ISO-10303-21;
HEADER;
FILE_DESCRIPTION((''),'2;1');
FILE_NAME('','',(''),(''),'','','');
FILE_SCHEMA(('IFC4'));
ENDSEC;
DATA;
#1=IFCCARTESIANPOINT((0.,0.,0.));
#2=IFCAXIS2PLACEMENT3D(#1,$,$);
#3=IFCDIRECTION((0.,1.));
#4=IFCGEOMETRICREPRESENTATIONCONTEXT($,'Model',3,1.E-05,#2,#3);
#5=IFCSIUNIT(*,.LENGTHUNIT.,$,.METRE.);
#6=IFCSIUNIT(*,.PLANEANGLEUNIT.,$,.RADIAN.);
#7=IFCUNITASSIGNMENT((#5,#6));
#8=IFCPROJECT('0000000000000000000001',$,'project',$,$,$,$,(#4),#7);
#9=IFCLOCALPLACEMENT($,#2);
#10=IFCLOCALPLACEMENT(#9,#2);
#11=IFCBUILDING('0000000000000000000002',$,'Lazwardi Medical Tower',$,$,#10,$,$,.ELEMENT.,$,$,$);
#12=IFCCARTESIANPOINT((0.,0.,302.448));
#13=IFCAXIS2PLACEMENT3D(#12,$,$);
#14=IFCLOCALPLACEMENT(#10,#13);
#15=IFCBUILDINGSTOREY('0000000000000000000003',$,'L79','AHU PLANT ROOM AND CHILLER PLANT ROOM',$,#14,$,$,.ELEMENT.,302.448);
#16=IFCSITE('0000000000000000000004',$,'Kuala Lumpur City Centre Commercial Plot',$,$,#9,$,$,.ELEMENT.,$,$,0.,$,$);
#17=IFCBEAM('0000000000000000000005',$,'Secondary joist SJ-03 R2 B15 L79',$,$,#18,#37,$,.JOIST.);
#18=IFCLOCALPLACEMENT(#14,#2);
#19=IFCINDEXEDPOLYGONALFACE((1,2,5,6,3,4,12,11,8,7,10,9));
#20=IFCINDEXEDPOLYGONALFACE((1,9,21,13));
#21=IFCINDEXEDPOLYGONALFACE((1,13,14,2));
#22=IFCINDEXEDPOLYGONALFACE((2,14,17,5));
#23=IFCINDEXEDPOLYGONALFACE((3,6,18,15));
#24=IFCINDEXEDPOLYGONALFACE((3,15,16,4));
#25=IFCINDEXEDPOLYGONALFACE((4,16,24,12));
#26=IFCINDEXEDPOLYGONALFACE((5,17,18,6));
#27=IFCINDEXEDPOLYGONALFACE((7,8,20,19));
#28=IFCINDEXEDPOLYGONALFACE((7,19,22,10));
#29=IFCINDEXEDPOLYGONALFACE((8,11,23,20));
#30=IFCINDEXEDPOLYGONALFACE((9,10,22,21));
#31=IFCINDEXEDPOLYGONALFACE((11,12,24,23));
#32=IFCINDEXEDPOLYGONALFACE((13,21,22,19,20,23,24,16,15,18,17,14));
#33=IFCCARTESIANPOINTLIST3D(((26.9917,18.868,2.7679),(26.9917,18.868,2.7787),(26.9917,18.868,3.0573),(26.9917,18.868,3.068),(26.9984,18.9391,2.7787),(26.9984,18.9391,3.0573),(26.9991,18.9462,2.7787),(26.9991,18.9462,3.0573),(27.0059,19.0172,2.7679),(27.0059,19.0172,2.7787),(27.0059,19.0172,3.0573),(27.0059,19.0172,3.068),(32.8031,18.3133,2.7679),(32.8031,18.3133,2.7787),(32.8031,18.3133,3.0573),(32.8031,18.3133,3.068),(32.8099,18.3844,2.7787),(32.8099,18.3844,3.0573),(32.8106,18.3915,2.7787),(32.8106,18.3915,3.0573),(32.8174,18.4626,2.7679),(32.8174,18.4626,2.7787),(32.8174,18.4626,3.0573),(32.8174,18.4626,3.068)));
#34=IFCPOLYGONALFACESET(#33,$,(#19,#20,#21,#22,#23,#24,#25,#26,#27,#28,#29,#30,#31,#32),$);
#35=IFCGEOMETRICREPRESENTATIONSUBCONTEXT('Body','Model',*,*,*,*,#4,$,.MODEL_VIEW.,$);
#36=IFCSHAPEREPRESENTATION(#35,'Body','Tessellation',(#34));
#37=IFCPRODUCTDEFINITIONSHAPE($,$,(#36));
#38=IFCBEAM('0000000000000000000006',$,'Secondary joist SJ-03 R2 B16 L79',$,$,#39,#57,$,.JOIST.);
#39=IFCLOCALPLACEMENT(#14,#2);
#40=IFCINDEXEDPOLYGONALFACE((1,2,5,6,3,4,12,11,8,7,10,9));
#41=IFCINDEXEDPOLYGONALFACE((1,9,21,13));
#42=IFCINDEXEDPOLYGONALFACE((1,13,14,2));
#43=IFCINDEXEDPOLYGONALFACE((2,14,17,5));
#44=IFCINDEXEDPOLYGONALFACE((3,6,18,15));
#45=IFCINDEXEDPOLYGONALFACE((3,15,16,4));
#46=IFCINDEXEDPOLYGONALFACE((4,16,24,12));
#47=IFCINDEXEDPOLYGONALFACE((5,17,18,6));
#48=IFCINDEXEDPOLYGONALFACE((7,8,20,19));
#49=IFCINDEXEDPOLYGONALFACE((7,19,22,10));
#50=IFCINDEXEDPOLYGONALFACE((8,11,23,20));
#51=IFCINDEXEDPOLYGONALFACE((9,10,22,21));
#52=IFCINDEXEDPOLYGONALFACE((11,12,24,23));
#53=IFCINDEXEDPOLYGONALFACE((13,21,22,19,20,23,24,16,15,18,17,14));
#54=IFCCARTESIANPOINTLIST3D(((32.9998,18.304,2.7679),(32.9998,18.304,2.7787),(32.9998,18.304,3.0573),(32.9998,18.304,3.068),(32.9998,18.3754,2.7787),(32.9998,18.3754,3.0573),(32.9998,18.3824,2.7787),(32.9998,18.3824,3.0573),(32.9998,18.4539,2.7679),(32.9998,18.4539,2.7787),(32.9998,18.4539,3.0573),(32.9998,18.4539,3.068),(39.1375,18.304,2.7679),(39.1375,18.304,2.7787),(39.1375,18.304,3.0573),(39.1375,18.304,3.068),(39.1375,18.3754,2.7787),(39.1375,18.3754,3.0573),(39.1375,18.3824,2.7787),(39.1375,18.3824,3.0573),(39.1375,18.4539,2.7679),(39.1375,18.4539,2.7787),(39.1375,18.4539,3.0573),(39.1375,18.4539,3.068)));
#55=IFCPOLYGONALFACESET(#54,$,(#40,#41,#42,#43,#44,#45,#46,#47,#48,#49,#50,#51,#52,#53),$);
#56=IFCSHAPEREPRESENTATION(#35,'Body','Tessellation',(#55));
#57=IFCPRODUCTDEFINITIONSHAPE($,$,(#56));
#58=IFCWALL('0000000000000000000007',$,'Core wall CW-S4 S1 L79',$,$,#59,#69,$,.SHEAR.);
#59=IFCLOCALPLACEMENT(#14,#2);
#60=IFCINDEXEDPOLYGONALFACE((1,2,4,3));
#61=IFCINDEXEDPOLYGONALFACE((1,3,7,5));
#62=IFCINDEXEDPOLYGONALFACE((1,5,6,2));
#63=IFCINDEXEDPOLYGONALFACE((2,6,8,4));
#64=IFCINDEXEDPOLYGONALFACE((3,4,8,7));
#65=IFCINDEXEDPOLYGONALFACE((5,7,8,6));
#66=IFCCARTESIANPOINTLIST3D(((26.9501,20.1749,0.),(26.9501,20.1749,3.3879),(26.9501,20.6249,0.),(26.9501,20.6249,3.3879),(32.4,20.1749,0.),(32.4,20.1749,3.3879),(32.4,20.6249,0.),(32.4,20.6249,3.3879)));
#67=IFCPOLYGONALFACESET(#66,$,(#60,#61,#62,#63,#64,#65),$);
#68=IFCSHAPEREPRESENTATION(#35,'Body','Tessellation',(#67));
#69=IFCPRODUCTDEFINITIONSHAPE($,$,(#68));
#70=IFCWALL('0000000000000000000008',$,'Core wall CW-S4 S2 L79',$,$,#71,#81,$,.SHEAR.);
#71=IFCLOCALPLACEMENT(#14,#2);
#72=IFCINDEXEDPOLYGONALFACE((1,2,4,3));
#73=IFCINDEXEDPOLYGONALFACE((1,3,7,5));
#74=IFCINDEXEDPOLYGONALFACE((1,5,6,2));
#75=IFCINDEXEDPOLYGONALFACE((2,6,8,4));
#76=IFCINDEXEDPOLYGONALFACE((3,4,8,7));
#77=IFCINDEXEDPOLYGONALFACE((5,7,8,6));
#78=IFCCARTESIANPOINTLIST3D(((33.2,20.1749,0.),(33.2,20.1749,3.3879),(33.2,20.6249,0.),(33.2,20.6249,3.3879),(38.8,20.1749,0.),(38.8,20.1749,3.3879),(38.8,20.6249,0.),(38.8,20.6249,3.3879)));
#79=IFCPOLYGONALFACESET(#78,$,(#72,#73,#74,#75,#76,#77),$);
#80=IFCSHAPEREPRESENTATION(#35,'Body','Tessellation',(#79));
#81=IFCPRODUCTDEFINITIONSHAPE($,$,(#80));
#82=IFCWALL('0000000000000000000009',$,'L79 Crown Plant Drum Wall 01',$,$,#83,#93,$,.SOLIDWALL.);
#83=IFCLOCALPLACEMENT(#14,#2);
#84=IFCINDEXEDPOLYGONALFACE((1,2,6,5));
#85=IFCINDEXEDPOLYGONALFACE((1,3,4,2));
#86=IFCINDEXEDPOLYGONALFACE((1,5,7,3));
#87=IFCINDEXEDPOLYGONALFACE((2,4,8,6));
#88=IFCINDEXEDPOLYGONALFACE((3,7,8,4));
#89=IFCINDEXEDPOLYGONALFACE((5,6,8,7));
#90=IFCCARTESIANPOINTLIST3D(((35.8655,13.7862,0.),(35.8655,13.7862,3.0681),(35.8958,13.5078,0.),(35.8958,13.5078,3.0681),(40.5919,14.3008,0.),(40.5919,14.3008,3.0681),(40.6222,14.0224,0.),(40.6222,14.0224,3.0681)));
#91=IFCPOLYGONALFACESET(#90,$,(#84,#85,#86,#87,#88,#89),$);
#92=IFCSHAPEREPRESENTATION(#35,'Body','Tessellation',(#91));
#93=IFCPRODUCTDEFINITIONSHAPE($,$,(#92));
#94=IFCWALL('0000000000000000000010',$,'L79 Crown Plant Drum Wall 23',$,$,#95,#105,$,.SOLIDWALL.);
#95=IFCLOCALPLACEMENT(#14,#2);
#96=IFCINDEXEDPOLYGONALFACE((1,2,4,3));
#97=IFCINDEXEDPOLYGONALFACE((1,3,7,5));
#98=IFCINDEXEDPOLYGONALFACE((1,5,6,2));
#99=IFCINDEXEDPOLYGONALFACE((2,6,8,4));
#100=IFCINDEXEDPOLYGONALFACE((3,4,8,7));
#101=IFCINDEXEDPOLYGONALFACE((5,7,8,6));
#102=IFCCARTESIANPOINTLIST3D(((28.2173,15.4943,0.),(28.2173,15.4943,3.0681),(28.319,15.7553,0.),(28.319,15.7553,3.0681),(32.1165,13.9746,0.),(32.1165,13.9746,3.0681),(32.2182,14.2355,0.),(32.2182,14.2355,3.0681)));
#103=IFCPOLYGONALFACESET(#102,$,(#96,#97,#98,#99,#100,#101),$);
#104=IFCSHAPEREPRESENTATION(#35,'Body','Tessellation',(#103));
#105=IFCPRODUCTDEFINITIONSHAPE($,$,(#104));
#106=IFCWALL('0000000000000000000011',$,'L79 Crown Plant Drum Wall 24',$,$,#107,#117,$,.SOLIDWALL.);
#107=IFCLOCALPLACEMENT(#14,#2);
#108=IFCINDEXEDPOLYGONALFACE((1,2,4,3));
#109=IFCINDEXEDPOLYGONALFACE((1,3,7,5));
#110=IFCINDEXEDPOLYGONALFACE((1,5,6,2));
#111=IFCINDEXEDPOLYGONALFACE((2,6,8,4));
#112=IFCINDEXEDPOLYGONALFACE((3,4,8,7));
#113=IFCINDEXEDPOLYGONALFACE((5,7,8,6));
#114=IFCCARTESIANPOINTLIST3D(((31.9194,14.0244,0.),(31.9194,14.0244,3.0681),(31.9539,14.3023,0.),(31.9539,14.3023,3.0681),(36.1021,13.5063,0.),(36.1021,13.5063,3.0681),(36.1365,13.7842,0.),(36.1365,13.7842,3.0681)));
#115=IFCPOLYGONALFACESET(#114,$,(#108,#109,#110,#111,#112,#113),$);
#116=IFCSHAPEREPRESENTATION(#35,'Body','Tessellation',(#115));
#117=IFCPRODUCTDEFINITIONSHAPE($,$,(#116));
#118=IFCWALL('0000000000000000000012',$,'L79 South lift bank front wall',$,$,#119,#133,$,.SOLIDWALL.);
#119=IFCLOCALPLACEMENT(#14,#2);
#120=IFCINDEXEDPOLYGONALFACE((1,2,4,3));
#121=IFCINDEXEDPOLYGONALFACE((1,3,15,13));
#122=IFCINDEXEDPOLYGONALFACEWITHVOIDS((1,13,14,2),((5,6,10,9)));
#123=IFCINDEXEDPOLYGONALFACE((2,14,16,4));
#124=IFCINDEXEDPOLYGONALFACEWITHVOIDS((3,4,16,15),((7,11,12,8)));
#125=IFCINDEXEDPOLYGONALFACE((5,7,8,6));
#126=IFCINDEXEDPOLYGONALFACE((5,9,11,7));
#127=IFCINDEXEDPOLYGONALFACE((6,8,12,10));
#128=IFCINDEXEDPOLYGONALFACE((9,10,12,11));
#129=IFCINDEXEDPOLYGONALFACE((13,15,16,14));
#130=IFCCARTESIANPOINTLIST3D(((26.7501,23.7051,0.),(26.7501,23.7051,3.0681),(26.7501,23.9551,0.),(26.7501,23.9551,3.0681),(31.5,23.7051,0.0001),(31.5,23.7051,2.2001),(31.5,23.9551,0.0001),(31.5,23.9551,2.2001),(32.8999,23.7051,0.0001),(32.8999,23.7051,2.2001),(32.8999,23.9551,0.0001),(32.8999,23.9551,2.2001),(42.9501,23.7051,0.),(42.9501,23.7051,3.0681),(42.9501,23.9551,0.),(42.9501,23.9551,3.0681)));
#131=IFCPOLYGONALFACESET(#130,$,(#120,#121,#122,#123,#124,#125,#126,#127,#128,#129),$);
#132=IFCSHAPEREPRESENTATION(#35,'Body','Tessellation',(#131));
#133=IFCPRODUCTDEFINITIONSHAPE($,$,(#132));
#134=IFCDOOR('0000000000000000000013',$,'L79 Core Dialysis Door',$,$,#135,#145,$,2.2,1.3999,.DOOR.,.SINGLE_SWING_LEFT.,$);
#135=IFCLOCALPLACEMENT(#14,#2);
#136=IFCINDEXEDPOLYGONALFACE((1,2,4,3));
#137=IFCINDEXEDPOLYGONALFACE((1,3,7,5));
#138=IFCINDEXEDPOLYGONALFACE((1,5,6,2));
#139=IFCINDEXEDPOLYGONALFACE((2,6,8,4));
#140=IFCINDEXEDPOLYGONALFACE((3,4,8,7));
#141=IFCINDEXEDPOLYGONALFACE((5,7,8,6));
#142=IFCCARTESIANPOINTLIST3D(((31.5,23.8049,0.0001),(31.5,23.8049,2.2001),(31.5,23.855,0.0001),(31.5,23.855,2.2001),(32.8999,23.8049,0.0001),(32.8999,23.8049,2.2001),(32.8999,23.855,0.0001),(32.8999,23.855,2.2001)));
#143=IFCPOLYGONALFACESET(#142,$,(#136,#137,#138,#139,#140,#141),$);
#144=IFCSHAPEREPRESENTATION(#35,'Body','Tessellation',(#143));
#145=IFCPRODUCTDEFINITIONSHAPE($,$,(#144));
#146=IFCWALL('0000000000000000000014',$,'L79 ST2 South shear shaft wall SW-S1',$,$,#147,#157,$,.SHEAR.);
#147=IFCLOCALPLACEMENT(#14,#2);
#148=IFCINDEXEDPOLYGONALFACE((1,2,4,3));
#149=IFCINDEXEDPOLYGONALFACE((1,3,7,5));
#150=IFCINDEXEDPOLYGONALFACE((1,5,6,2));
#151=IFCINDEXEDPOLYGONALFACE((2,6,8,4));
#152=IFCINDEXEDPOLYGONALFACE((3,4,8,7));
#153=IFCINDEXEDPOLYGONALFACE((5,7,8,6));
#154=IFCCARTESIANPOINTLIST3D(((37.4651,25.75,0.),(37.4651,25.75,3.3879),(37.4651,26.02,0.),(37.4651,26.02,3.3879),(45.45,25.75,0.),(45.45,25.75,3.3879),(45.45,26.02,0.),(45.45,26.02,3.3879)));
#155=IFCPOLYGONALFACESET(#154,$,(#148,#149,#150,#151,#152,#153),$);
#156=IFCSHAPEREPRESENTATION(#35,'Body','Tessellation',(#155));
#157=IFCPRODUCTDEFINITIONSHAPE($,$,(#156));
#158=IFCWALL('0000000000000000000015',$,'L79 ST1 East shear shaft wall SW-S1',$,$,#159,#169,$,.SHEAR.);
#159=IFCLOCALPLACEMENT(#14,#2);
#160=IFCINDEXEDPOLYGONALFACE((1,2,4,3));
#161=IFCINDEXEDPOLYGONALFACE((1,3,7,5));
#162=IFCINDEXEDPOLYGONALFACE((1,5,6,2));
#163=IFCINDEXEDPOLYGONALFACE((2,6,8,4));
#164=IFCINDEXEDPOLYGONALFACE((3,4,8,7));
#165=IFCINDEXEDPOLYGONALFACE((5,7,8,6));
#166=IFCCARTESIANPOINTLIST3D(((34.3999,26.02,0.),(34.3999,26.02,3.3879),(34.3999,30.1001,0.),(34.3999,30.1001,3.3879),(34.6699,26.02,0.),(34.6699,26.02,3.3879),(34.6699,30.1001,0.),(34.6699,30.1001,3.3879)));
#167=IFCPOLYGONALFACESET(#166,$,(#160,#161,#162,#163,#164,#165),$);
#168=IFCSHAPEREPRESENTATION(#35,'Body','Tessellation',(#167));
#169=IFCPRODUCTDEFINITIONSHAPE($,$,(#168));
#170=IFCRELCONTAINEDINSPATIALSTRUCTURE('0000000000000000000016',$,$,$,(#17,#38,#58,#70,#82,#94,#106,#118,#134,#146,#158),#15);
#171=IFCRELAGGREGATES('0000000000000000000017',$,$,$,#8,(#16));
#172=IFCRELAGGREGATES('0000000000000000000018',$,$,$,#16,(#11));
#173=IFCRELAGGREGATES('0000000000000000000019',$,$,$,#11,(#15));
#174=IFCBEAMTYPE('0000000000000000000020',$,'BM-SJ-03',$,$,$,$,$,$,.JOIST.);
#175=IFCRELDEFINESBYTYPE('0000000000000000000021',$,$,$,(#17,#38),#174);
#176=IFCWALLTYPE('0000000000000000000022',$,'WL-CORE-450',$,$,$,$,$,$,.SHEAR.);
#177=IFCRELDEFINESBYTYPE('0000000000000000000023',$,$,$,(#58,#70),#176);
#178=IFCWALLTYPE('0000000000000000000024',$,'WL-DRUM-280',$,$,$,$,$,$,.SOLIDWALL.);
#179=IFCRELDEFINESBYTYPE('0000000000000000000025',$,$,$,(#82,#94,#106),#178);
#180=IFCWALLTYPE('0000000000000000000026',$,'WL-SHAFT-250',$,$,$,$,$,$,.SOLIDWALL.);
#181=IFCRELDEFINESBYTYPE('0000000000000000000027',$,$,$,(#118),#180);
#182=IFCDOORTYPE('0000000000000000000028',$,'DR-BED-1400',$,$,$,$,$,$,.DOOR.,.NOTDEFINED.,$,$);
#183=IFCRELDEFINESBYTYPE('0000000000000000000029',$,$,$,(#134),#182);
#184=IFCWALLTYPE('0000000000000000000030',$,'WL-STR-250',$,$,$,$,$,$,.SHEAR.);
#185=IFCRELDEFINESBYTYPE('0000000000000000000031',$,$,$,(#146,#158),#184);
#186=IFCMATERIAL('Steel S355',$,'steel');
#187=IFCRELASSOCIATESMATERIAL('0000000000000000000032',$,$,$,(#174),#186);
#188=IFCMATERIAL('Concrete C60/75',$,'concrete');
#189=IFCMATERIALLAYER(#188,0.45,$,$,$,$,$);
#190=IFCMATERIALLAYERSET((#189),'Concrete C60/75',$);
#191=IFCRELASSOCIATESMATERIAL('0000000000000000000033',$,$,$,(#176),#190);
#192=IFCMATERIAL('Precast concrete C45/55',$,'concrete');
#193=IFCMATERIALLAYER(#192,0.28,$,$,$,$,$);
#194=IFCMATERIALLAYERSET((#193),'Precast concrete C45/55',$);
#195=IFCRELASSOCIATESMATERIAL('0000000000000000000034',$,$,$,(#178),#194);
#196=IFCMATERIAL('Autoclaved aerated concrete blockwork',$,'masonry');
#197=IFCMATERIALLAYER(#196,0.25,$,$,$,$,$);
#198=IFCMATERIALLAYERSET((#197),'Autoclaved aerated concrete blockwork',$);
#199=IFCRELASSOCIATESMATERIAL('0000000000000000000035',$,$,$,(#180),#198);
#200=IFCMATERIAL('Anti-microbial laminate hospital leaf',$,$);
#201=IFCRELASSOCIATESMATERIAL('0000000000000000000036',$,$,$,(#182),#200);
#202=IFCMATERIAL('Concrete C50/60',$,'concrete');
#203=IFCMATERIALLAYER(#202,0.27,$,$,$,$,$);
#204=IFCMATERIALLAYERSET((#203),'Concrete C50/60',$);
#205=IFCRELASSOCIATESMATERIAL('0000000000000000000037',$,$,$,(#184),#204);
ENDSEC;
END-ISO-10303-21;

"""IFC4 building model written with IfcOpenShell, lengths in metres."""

from ifc_helpers import new_model, si_unit, direction, frame, frame_2d, origin, origin_2d, place, context, subcontext, project, spatial, rectangle, i_section, extrude, material, layer, layer_set, material_profile, profile_set, type_object, element, fill, save


model = new_model("IFC4")

# Units and contexts
model_context = context("Model", 3, precision=1e-05, world=origin(), true_north=direction((0.0, 1.0)))
body_context = subcontext(model_context, "Body", "Model", "MODEL_VIEW")
ifc_project = project(units=[si_unit("LENGTHUNIT", "METRE"), si_unit("PLANEANGLEUNIT", "RADIAN")], contexts=[model_context])

# Site, building, storey
site_placement = place(None, origin())
site = spatial("IfcSite", under=ifc_project, at=site_placement, Name="Kuala Lumpur City Centre Commercial Plot", CompositionType="ELEMENT", RefElevation=0.0)
building_placement = place(site_placement, origin())
building = spatial("IfcBuilding", under=site, at=building_placement, Name="Lazwardi Medical Tower", CompositionType="ELEMENT")
storey_placement = place(building_placement, frame((0.0, 0.0, 302.448)))
storey = spatial("IfcBuildingStorey", under=building, at=storey_placement, Name="L79", Description="AHU PLANT ROOM AND CHILLER PLANT ROOM", CompositionType="ELEMENT", Elevation=302.448)

# Shared definitions
ifc_material_1 = material(Name="Concrete C60/75", Category="concrete")

# Beams
ifc_material_2 = material(Name="Steel S355", Category="steel")
ifc_material_profile_1 = material_profile(ifc_material_2, i_section(OverallWidth=0.1499, OverallDepth=0.3, WebThickness=0.0071, FlangeThickness=0.0107, at=origin_2d()), Name="IPE 300")
ifc_profile_set_1 = profile_set([ifc_material_profile_1], Name="Steel S355")
beam_type_1 = type_object("IfcBeamType", Name="BM-SJ-03", PredefinedType="JOIST", material=ifc_profile_set_1)
beam_1_placement = place(storey_placement, frame((26.9988, 18.9426, 2.918), z_axis=(0.995476, -0.095014, 0.0), x_axis=(0.095014, 0.995476, 0.0)))
element("IfcBeam", 1, at=beam_1_placement, inside=storey, type_object=beam_type_1, Name="Secondary joist SJ-03 R2 B15 L79", PredefinedType="JOIST", context=body_context, shape_type="SweptSolid", body=[
    extrude(i_section(OverallWidth=0.1499, OverallDepth=0.3, WebThickness=0.0071, FlangeThickness=0.0107, at=origin_2d()), origin(), (0.0, 0.0, 1.0), 5.8379),
])
beam_2_placement = place(storey_placement, frame((32.9998, 18.3789, 2.918), z_axis=(1.0, 0.0, 0.0), x_axis=(0.0, 1.0, 0.0)))
element("IfcBeam", 2, at=beam_2_placement, inside=storey, type_object=beam_type_1, Name="Secondary joist SJ-03 R2 B16 L79", PredefinedType="JOIST", context=body_context, shape_type="SweptSolid", body=[
    extrude(i_section(OverallWidth=0.1499, OverallDepth=0.3, WebThickness=0.0071, FlangeThickness=0.0107, at=origin_2d()), origin(), (0.0, 0.0, 1.0), 6.1377),
])

# Walls
ifc_layer_1 = layer(ifc_material_1, 0.45)
ifc_layer_set_1 = layer_set([ifc_layer_1], Name="Concrete C60/75")
wall_type_1 = type_object("IfcWallType", Name="WL-CORE-450", PredefinedType="SHEAR", material=ifc_layer_set_1)
wall_1_placement = place(storey_placement, frame((26.95, 20.3999, 0.0), z_axis=(0.0, 0.0, 1.0), x_axis=(1.0, 0.0, 0.0)))
element("IfcWall", 3, at=wall_1_placement, inside=storey, type_object=wall_type_1, Name="Core wall CW-S4 S1 L79", PredefinedType="SHEAR", context=body_context, shape_type="SweptSolid", body=[
    extrude(rectangle(XDim=5.45, YDim=0.45, at=frame_2d((2.7251, 0.0))), origin(), (0.0, 0.0, 1.0), 3.3879),
])
wall_2_placement = place(storey_placement, frame((33.2, 20.3999, 0.0), z_axis=(0.0, 0.0, 1.0), x_axis=(1.0, 0.0, 0.0)))
element("IfcWall", 4, at=wall_2_placement, inside=storey, type_object=wall_type_1, Name="Core wall CW-S4 S2 L79", PredefinedType="SHEAR", context=body_context, shape_type="SweptSolid", body=[
    extrude(rectangle(XDim=5.6001, YDim=0.45, at=frame_2d((2.8, 0.0))), origin(), (0.0, 0.0, 1.0), 3.3879),
])
ifc_material_3 = material(Name="Precast concrete C45/55", Category="concrete")
ifc_layer_2 = layer(ifc_material_3, 0.28)
ifc_layer_set_2 = layer_set([ifc_layer_2], Name="Precast concrete C45/55")
wall_type_2 = type_object("IfcWallType", Name="WL-DRUM-280", PredefinedType="SOLIDWALL", material=ifc_layer_set_2)
wall_3_placement = place(storey_placement, frame((35.8806, 13.647, 0.0), z_axis=(0.0, 0.0, 1.0), x_axis=(0.994124, 0.108245, 0.0)))
element("IfcWall", 5, at=wall_3_placement, inside=storey, type_object=wall_type_2, Name="L79 Crown Plant Drum Wall 01", PredefinedType="SOLIDWALL", context=body_context, shape_type="SweptSolid", body=[
    extrude(rectangle(XDim=4.7544, YDim=0.28, at=frame_2d((2.3772, 0.0))), origin(), (0.0, 0.0, 1.0), 3.0681),
])
wall_4_placement = place(storey_placement, frame((28.2683, 15.6248, 0.0), z_axis=(0.0, 0.0, 1.0), x_axis=(0.931727, -0.363158, 0.0)))
element("IfcWall", 6, at=wall_4_placement, inside=storey, type_object=wall_type_2, Name="L79 Crown Plant Drum Wall 23", PredefinedType="SOLIDWALL", context=body_context, shape_type="SweptSolid", body=[
    extrude(rectangle(XDim=4.1848, YDim=0.28, at=frame_2d((2.0923, 0.0))), origin(), (0.0, 0.0, 1.0), 3.0681),
])
wall_5_placement = place(storey_placement, frame((31.9365, 14.1633, 0.0), z_axis=(0.0, 0.0, 1.0), x_axis=(0.992416, -0.122922, 0.0)))
element("IfcWall", 7, at=wall_5_placement, inside=storey, type_object=wall_type_2, Name="L79 Crown Plant Drum Wall 24", PredefinedType="SOLIDWALL", context=body_context, shape_type="SweptSolid", body=[
    extrude(rectangle(XDim=4.2146, YDim=0.28, at=frame_2d((2.1074, 0.0))), origin(), (0.0, 0.0, 1.0), 3.0681),
])

# Wall, opening, door
ifc_material_4 = material(Name="Autoclaved aerated concrete blockwork", Category="masonry")
ifc_layer_3 = layer(ifc_material_4, 0.25)
ifc_layer_set_3 = layer_set([ifc_layer_3], Name="Autoclaved aerated concrete blockwork")
wall_type_3 = type_object("IfcWallType", Name="WL-SHAFT-250", PredefinedType="SOLIDWALL", material=ifc_layer_set_3)
wall_6_placement = place(storey_placement, frame((26.75, 23.8301, 0.0), z_axis=(0.0, 0.0, 1.0), x_axis=(1.0, 0.0, 0.0)))
wall_6 = element("IfcWall", 8, at=wall_6_placement, inside=storey, type_object=wall_type_3, Name="L79 South lift bank front wall", PredefinedType="SOLIDWALL", context=body_context, shape_type="SweptSolid", body=[
    extrude(rectangle(XDim=16.2, YDim=0.25, at=frame_2d((8.1001, 0.0))), origin(), (0.0, 0.0, 1.0), 3.0681),
])
opening_1_placement = place(wall_6_placement, frame((4.75, 0.0, 0.0)))
opening_1 = element("IfcOpeningElement", 9, at=opening_1_placement, cuts=wall_6, PredefinedType="OPENING", context=body_context, shape_type="SweptSolid", body=[
    extrude(rectangle(XDim=1.3999, YDim=2.2, at=frame_2d((0.7, 1.1001))), frame((0.0, 0.135, 0.0), z_axis=(0.0, -1.0, 0.0), x_axis=(1.0, 0.0, 0.0)), (0.0, 0.0, 1.0), 0.27),
])
ifc_material_5 = material(Name="Anti-microbial laminate hospital leaf")
door_type_1 = type_object("IfcDoorType", Name="DR-BED-1400", OperationType="NOTDEFINED", PredefinedType="DOOR", material=ifc_material_5)
door_1_placement = place(opening_1_placement, origin())
door_1 = element("IfcDoor", 10, at=door_1_placement, inside=storey, type_object=door_type_1, Name="L79 Core Dialysis Door", OperationType="SINGLE_SWING_LEFT", OverallHeight=2.2, OverallWidth=1.3999, PredefinedType="DOOR", context=body_context, shape_type="SweptSolid", body=[
    extrude(rectangle(XDim=1.3999, YDim=2.2, at=frame_2d((0.7, 1.1001))), frame((0.0, 0.0249, 0.0), z_axis=(0.0, -1.0, 0.0), x_axis=(1.0, 0.0, 0.0)), (0.0, 0.0, 1.0), 0.05),
])
fill(opening_1, door_1)
ifc_material_6 = material(Name="Concrete C50/60", Category="concrete")
ifc_layer_4 = layer(ifc_material_6, 0.27)
ifc_layer_set_4 = layer_set([ifc_layer_4], Name="Concrete C50/60")
wall_type_4 = type_object("IfcWallType", Name="WL-STR-250", PredefinedType="SHEAR", material=ifc_layer_set_4)

# Walls
wall_7_placement = place(storey_placement, frame((37.4651, 25.885, 0.0), z_axis=(0.0, 0.0, 1.0), x_axis=(1.0, 0.0, 0.0)))
element("IfcWall", 11, at=wall_7_placement, inside=storey, type_object=wall_type_4, Name="L79 ST2 South shear shaft wall SW-S1", PredefinedType="SHEAR", context=body_context, shape_type="SweptSolid", body=[
    extrude(rectangle(XDim=7.9849, YDim=0.27, at=frame_2d((3.9924, 0.0))), origin(), (0.0, 0.0, 1.0), 3.3879),
])
wall_8_placement = place(storey_placement, frame((34.5349, 26.02, 0.0), z_axis=(0.0, 0.0, 1.0), x_axis=(0.0, 1.0, 0.0)))
element("IfcWall", 12, at=wall_8_placement, inside=storey, type_object=wall_type_4, Name="L79 ST1 East shear shaft wall SW-S1", PredefinedType="SHEAR", context=body_context, shape_type="SweptSolid", body=[
    extrude(rectangle(XDim=4.0801, YDim=0.27, at=frame_2d((2.04, 0.0))), origin(), (0.0, 0.0, 1.0), 3.3879),
])

save(model, "model.ifc")
